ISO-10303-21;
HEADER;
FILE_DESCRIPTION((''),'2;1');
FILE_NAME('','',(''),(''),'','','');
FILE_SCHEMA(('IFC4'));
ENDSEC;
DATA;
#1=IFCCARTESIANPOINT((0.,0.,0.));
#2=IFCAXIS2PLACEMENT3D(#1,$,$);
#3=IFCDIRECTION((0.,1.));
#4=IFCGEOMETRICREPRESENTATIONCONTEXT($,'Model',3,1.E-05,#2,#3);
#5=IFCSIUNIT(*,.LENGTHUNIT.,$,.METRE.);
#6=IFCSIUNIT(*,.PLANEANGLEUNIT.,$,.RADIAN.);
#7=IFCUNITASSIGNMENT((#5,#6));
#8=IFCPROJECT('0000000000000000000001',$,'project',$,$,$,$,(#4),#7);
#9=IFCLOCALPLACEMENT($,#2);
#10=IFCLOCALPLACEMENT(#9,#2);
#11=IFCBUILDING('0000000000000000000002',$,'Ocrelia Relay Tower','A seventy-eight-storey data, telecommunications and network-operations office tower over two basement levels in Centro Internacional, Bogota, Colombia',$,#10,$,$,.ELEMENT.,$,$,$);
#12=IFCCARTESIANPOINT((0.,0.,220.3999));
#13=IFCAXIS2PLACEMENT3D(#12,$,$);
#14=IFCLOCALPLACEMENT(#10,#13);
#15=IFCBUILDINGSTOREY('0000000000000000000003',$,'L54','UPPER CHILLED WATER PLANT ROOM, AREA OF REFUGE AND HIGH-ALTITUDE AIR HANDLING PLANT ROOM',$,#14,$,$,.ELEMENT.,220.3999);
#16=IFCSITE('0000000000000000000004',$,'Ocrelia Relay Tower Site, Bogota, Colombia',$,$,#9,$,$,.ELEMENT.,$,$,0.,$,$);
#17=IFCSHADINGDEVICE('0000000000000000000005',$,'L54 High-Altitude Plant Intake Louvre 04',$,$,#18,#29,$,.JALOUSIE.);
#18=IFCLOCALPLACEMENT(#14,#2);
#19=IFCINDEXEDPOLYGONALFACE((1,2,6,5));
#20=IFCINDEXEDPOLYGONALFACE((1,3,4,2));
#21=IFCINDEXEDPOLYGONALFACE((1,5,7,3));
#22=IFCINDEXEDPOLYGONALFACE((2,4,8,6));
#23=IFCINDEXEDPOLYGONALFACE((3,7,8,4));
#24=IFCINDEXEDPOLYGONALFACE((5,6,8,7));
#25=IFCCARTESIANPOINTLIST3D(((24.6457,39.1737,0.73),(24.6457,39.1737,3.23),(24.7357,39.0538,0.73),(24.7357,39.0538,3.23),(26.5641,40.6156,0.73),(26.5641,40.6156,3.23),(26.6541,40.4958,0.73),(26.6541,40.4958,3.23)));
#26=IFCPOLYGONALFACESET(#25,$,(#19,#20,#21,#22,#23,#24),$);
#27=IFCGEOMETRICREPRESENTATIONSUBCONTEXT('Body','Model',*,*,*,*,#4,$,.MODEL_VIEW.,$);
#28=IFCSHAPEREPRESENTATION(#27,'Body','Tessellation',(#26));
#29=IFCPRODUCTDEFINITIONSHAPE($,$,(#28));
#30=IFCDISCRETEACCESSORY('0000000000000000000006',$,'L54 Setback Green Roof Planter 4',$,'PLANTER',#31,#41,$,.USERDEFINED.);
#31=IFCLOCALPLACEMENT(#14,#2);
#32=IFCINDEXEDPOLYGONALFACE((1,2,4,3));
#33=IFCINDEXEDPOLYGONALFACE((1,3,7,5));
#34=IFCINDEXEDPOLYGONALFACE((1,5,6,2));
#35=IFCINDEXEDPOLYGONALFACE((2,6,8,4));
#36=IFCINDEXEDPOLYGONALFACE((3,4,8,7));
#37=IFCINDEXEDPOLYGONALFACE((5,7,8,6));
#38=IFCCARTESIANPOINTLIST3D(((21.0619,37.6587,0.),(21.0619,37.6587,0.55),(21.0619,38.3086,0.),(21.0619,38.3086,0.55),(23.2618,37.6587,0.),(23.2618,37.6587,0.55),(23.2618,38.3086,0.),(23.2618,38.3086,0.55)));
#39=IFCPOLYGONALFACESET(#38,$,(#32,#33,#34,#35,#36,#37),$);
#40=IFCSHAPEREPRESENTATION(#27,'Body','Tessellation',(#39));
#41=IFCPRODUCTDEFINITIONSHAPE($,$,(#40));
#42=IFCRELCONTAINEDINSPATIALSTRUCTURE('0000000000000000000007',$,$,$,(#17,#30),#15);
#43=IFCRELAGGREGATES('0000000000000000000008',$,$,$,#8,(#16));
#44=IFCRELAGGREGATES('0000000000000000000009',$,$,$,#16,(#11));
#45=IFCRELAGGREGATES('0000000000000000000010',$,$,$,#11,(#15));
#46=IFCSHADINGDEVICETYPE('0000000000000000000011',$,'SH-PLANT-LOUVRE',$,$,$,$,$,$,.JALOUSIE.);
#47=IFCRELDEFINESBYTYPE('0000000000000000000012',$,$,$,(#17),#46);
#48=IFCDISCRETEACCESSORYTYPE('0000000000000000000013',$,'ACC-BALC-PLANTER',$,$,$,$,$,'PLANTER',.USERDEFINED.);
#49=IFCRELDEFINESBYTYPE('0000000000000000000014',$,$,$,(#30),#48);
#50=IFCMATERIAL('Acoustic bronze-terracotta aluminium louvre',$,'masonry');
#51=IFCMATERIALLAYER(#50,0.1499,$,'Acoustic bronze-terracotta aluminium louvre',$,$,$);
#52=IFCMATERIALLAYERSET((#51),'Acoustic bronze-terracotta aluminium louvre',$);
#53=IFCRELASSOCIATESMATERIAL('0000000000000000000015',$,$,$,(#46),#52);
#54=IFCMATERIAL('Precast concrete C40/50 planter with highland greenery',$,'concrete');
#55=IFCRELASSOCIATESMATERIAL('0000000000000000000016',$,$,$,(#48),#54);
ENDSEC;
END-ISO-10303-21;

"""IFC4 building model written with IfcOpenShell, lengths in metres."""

from ifc_helpers import new_model, si_unit, direction, frame, origin, origin_2d, place, context, subcontext, project, spatial, rectangle, extrude, material, layer, layer_set, type_object, element, save


model = new_model("IFC4")

# Units and contexts
model_context = context("Model", 3, precision=1e-05, world=origin(), true_north=direction((0.0, 1.0)))
body_context = subcontext(model_context, "Body", "Model", "MODEL_VIEW")
ifc_project = project(units=[si_unit("LENGTHUNIT", "METRE"), si_unit("PLANEANGLEUNIT", "RADIAN")], contexts=[model_context])

# Site, building, storey
site_placement = place(None, origin())
site = spatial("IfcSite", under=ifc_project, at=site_placement, Name="Ocrelia Relay Tower Site, Bogota, Colombia", CompositionType="ELEMENT", RefElevation=0.0)
building_placement = place(site_placement, origin())
building = spatial("IfcBuilding", under=site, at=building_placement, Name="Ocrelia Relay Tower", Description="A seventy-eight-storey data, telecommunications and network-operations office tower over two basement levels in Centro Internacional, Bogota, Colombia", CompositionType="ELEMENT")
storey_placement = place(building_placement, frame((0.0, 0.0, 220.3999)))
storey = spatial("IfcBuildingStorey", under=building, at=storey_placement, Name="L54", Description="UPPER CHILLED WATER PLANT ROOM, AREA OF REFUGE AND HIGH-ALTITUDE AIR HANDLING PLANT ROOM", CompositionType="ELEMENT", Elevation=220.3999)

# Shading device
ifc_material_1 = material(Name="Acoustic bronze-terracotta aluminium louvre", Category="masonry")
ifc_layer_1 = layer(ifc_material_1, 0.1499, Name="Acoustic bronze-terracotta aluminium louvre")
ifc_layer_set_1 = layer_set([ifc_layer_1], Name="Acoustic bronze-terracotta aluminium louvre")
shading_device_type = type_object("IfcShadingDeviceType", Name="SH-PLANT-LOUVRE", PredefinedType="JALOUSIE", material=ifc_layer_set_1)
shading_device_placement = place(storey_placement, frame((25.6499, 39.8347, 0.73), z_axis=(0.0, 0.0, 1.0), x_axis=(-0.799375, -0.600832, 0.0)))
element("IfcShadingDevice", 1, at=shading_device_placement, inside=storey, type_object=shading_device_type, Name="L54 High-Altitude Plant Intake Louvre 04", PredefinedType="JALOUSIE", context=body_context, shape_type="SweptSolid", body=[
    extrude(rectangle(XDim=2.3999, YDim=0.1499, at=origin_2d()), origin(), (0.0, 0.0, 1.0), 2.5),
])

# Discrete accessory
ifc_material_2 = material(Name="Precast concrete C40/50 planter with highland greenery", Category="concrete")
discrete_accessory_type = type_object("IfcDiscreteAccessoryType", Name="ACC-BALC-PLANTER", ElementType="PLANTER", PredefinedType="USERDEFINED", material=ifc_material_2)
discrete_accessory_placement = place(storey_placement, frame((22.1619, 37.9836, 0.0), z_axis=(0.0, 0.0, 1.0), x_axis=(1.0, 0.0, 0.0)))
element("IfcDiscreteAccessory", 2, at=discrete_accessory_placement, inside=storey, type_object=discrete_accessory_type, Name="L54 Setback Green Roof Planter 4", ObjectType="PLANTER", PredefinedType="USERDEFINED", context=body_context, shape_type="SweptSolid", body=[
    extrude(rectangle(XDim=2.2, YDim=0.6499, at=origin_2d()), origin(), (0.0, 0.0, 1.0), 0.55),
])

save(model, "model.ifc")
